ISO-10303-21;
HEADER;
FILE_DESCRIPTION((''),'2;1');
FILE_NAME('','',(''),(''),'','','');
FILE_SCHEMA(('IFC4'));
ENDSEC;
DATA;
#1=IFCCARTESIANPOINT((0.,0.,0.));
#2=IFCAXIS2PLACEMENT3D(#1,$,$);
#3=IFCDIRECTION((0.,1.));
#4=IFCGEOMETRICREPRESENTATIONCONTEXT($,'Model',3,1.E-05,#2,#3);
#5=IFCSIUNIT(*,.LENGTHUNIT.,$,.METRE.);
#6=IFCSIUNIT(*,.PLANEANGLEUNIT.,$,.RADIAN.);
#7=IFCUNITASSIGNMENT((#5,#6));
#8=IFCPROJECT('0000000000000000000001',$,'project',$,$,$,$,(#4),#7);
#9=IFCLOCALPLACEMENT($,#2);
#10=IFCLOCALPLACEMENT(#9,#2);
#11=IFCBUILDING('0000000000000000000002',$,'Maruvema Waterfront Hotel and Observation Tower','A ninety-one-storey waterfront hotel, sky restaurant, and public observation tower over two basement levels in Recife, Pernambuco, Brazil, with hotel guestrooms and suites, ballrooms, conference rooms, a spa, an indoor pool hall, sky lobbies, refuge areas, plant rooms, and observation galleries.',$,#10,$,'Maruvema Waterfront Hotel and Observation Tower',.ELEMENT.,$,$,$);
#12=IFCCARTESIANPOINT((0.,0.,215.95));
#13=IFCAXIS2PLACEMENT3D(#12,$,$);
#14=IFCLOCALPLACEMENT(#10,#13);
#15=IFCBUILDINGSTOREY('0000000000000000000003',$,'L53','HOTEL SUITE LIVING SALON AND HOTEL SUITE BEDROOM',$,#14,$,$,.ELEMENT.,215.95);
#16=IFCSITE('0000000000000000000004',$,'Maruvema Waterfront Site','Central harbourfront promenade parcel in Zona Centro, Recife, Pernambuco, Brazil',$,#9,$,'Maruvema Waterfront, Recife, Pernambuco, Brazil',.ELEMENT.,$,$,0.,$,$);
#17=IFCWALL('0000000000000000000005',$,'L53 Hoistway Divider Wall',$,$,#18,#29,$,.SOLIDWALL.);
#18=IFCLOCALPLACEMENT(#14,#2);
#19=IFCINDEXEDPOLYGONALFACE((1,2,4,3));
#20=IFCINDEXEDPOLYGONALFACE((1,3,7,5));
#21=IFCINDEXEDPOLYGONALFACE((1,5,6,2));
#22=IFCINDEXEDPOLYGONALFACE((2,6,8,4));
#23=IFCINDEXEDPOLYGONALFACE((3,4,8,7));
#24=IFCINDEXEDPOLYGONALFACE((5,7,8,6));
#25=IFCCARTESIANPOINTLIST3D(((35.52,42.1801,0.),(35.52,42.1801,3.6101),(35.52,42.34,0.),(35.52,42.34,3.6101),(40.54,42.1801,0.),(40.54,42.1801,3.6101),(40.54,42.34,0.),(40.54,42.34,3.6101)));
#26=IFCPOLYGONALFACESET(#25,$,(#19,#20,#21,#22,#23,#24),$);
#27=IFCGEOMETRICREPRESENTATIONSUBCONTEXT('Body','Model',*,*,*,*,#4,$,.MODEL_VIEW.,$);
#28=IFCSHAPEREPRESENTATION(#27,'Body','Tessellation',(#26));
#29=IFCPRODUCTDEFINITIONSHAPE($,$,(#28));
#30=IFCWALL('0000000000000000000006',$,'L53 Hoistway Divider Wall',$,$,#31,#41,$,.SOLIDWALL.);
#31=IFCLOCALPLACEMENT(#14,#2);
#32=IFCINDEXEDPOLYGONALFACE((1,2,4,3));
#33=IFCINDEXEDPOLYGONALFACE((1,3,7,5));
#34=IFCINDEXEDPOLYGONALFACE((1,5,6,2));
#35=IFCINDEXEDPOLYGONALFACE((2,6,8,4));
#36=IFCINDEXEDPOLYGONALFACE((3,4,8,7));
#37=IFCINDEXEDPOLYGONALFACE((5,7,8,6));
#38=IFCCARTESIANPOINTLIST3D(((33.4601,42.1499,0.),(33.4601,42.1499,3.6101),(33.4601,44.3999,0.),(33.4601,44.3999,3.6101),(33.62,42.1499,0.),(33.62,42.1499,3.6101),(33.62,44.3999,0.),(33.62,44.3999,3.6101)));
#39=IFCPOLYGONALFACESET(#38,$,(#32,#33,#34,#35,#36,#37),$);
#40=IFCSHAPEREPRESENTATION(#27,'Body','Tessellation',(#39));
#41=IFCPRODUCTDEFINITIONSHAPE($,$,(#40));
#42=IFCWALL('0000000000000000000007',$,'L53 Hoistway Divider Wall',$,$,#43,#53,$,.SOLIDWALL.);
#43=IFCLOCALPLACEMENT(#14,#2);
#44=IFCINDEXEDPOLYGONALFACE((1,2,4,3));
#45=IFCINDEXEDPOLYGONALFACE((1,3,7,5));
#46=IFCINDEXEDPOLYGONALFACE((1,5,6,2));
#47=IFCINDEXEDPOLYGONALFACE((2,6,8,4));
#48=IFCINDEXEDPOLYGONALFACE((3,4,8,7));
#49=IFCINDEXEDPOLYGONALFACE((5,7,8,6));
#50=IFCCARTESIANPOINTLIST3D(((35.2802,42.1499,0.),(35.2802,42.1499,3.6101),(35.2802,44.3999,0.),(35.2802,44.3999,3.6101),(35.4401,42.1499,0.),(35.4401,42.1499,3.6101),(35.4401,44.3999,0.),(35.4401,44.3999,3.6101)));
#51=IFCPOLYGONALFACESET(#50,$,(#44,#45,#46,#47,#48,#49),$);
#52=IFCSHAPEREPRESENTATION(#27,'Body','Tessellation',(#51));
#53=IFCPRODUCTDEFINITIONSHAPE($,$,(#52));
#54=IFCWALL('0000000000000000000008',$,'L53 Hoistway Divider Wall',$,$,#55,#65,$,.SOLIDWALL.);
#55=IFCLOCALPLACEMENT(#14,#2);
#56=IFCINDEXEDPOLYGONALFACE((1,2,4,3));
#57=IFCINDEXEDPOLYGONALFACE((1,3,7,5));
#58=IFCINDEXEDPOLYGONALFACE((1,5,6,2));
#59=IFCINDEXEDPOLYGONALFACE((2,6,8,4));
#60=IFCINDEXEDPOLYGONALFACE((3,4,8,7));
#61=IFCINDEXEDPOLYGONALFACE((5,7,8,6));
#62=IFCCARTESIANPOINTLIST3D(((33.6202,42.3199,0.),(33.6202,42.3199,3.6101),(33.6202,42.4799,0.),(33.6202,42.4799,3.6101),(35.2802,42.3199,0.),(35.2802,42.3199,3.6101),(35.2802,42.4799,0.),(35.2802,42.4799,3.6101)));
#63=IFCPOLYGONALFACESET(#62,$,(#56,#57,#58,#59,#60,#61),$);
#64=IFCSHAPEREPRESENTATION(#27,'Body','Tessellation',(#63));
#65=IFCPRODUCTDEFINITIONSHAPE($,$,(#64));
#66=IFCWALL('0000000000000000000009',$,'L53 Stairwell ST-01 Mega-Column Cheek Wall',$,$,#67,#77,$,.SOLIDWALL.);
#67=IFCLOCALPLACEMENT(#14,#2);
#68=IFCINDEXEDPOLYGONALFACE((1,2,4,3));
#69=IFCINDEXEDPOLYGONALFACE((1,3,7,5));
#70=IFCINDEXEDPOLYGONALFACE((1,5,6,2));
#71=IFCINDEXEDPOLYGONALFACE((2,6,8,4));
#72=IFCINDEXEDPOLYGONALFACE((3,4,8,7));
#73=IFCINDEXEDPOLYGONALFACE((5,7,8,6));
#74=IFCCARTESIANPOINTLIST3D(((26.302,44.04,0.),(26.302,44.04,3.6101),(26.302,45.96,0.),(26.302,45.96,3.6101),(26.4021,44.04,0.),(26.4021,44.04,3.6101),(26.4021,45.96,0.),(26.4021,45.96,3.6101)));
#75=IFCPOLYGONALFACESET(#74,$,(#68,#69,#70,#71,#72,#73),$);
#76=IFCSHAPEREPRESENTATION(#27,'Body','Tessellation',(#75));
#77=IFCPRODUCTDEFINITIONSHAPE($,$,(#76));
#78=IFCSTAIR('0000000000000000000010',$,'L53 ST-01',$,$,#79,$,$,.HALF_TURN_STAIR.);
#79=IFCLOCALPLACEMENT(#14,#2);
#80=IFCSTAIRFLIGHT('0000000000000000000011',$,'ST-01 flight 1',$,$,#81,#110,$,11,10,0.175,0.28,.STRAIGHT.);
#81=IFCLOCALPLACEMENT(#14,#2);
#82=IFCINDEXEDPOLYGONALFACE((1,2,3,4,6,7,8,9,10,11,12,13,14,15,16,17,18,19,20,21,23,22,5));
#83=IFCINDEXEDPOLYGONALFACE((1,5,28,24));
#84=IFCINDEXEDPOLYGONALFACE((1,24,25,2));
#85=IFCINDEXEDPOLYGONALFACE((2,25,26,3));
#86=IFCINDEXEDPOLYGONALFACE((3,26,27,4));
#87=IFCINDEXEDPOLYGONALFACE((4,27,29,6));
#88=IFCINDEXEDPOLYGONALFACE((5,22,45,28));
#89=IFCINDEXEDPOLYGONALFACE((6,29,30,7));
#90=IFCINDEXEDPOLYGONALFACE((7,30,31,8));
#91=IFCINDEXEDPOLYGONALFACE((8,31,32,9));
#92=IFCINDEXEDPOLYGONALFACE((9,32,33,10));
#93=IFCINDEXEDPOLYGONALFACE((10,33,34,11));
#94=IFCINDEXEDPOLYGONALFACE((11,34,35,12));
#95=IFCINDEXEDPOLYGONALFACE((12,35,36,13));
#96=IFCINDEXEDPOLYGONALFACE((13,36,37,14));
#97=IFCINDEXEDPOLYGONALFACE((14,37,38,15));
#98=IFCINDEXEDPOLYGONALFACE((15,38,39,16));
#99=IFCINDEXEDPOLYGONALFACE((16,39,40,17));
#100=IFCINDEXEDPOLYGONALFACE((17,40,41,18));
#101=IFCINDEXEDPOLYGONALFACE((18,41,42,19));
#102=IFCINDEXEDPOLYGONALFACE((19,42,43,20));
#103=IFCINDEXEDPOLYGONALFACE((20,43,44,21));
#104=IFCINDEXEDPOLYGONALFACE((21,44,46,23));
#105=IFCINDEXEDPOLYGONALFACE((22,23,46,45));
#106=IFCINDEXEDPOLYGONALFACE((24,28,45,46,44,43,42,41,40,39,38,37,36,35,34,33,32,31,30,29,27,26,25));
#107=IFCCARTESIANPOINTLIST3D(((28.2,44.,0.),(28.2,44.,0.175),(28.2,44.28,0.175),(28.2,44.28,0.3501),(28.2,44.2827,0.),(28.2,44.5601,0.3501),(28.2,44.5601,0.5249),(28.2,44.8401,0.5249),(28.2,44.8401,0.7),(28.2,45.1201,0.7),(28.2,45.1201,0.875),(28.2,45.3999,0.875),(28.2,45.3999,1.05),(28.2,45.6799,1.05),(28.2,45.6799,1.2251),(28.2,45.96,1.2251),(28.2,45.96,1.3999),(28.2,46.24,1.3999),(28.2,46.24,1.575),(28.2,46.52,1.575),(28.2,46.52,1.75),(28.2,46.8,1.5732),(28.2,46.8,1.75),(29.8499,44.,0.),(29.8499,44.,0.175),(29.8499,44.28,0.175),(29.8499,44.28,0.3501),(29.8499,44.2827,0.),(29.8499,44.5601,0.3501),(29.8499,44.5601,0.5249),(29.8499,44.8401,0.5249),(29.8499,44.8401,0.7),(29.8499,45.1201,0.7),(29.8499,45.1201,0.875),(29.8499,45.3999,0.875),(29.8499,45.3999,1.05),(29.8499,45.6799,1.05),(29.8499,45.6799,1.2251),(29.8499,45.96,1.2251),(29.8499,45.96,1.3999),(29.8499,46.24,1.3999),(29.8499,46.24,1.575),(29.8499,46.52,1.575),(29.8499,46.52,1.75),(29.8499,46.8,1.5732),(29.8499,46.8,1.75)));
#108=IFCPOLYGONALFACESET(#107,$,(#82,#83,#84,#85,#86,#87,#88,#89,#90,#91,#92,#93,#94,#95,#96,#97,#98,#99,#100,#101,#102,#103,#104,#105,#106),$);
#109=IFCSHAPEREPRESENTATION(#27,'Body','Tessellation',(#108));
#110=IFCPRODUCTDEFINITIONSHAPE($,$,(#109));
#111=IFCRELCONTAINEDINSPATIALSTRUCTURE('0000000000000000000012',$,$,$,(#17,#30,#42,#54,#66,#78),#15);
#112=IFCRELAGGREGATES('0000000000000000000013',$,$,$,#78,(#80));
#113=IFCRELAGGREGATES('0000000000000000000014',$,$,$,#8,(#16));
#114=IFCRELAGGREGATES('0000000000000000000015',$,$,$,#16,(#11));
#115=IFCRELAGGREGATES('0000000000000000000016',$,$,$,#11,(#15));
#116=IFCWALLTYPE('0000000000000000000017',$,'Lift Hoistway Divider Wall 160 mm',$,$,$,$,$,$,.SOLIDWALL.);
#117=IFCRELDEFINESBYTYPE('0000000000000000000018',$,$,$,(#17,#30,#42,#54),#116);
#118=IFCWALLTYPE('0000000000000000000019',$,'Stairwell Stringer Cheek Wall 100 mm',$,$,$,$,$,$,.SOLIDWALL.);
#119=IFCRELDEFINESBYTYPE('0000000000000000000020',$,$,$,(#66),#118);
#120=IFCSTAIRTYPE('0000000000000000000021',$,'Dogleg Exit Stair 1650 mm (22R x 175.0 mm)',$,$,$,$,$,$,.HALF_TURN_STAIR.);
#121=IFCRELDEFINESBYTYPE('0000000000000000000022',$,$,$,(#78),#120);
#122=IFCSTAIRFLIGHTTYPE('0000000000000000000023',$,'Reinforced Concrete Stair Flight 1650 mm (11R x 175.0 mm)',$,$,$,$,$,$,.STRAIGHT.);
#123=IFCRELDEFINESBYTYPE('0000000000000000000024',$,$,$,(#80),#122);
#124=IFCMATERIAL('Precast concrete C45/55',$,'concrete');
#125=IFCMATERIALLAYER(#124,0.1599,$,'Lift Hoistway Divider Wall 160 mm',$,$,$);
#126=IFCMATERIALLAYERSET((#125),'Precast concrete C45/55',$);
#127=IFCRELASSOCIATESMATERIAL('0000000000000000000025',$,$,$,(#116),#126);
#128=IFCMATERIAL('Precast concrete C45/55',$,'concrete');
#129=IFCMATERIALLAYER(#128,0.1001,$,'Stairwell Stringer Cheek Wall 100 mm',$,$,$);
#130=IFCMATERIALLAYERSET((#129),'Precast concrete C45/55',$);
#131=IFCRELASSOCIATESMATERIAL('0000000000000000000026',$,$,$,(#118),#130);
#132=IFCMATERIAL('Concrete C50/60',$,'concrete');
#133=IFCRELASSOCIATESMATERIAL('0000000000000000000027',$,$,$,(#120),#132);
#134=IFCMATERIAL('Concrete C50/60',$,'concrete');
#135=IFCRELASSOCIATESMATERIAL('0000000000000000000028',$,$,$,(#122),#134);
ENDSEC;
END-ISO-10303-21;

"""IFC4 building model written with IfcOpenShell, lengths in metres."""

from ifc_helpers import new_model, si_unit, direction, frame, frame_2d, origin, place, context, subcontext, project, spatial, polyline, rectangle, outline, extrude, material, layer, layer_set, type_object, element, aggregate, save


model = new_model("IFC4")

# Units and contexts
model_context = context("Model", 3, precision=1e-05, world=origin(), true_north=direction((0.0, 1.0)))
body_context = subcontext(model_context, "Body", "Model", "MODEL_VIEW")
ifc_project = project(units=[si_unit("LENGTHUNIT", "METRE"), si_unit("PLANEANGLEUNIT", "RADIAN")], contexts=[model_context])

# Site, building, storey
site_placement = place(None, origin())
site = spatial("IfcSite", under=ifc_project, at=site_placement, Name="Maruvema Waterfront Site", Description="Central harbourfront promenade parcel in Zona Centro, Recife, Pernambuco, Brazil", LongName="Maruvema Waterfront, Recife, Pernambuco, Brazil", CompositionType="ELEMENT", RefElevation=0.0)
building_placement = place(site_placement, origin())
building = spatial("IfcBuilding", under=site, at=building_placement, Name="Maruvema Waterfront Hotel and Observation Tower", Description="A ninety-one-storey waterfront hotel, sky restaurant, and public observation tower over two basement levels in Recife, Pernambuco, Brazil, with hotel guestrooms and suites, ballrooms, conference rooms, a spa, an indoor pool hall, sky lobbies, refuge areas, plant rooms, and observation galleries.", LongName="Maruvema Waterfront Hotel and Observation Tower", CompositionType="ELEMENT")
storey_placement = place(building_placement, frame((0.0, 0.0, 215.95)))
storey = spatial("IfcBuildingStorey", under=building, at=storey_placement, Name="L53", Description="HOTEL SUITE LIVING SALON AND HOTEL SUITE BEDROOM", CompositionType="ELEMENT", Elevation=215.95)

# Walls
ifc_material_1 = material(Name="Precast concrete C45/55", Category="concrete")
ifc_layer_1 = layer(ifc_material_1, 0.1599, Name="Lift Hoistway Divider Wall 160 mm")
ifc_layer_set_1 = layer_set([ifc_layer_1], Name="Precast concrete C45/55")
wall_type_1 = type_object("IfcWallType", Name="Lift Hoistway Divider Wall 160 mm", PredefinedType="SOLIDWALL", material=ifc_layer_set_1)
wall_1_placement = place(storey_placement, frame((35.52, 42.26, 0.0), z_axis=(0.0, 0.0, 1.0), x_axis=(1.0, 0.0, 0.0)))
element("IfcWall", 1, at=wall_1_placement, inside=storey, type_object=wall_type_1, Name="L53 Hoistway Divider Wall", PredefinedType="SOLIDWALL", context=body_context, shape_type="SweptSolid", body=[
    extrude(rectangle(XDim=5.02, YDim=0.1599, at=frame_2d((2.51, 0.0))), origin(), (0.0, 0.0, 1.0), 3.6101),
])
for number, where, z_axis, x_axis, name in (
    (2, (33.54, 42.1499, 0.0), (0.0, 0.0, 1.0), (0.0, 1.0, 0.0), "L53 Hoistway Divider Wall"),
    (3, (35.3601, 42.1499, 0.0), (0.0, 0.0, 1.0), (0.0, 1.0, 0.0), "L53 Hoistway Divider Wall"),
):
    element("IfcWall", number, at=place(storey_placement, frame(where, z_axis=z_axis, x_axis=x_axis)), inside=storey, type_object=wall_type_1, Name=name, PredefinedType="SOLIDWALL", context=body_context, shape_type="SweptSolid", body=[
        extrude(rectangle(XDim=2.25, YDim=0.1599, at=frame_2d((1.125, 0.0))), origin(), (0.0, 0.0, 1.0), 3.6101),
    ])
wall_2_placement = place(storey_placement, frame((33.6201, 42.3999, 0.0), z_axis=(0.0, 0.0, 1.0), x_axis=(1.0, 0.0, 0.0)))
element("IfcWall", 4, at=wall_2_placement, inside=storey, type_object=wall_type_1, Name="L53 Hoistway Divider Wall", PredefinedType="SOLIDWALL", context=body_context, shape_type="SweptSolid", body=[
    extrude(rectangle(XDim=1.6599, YDim=0.1599, at=frame_2d((0.8301, 0.0))), origin(), (0.0, 0.0, 1.0), 3.6101),
])
ifc_material_2 = material(Name="Precast concrete C45/55", Category="concrete")
ifc_layer_2 = layer(ifc_material_2, 0.1001, Name="Stairwell Stringer Cheek Wall 100 mm")
ifc_layer_set_2 = layer_set([ifc_layer_2], Name="Precast concrete C45/55")
wall_type_2 = type_object("IfcWallType", Name="Stairwell Stringer Cheek Wall 100 mm", PredefinedType="SOLIDWALL", material=ifc_layer_set_2)
wall_3_placement = place(storey_placement, frame((26.3521, 44.04, 0.0), z_axis=(0.0, 0.0, 1.0), x_axis=(0.0, 1.0, 0.0)))
element("IfcWall", 5, at=wall_3_placement, inside=storey, type_object=wall_type_2, Name="L53 Stairwell ST-01 Mega-Column Cheek Wall", PredefinedType="SOLIDWALL", context=body_context, shape_type="SweptSolid", body=[
    extrude(rectangle(XDim=1.9199, YDim=0.1001, at=frame_2d((0.96, 0.0))), origin(), (0.0, 0.0, 1.0), 3.6101),
])

# Stair, stair flight
ifc_material_3 = material(Name="Concrete C50/60", Category="concrete")
stair_type = type_object("IfcStairType", Name="Dogleg Exit Stair 1650 mm (22R x 175.0 mm)", PredefinedType="HALF_TURN_STAIR", material=ifc_material_3)
stair_placement = place(storey_placement, origin())
stair = element("IfcStair", 6, at=stair_placement, inside=storey, type_object=stair_type, Name="L53 ST-01", PredefinedType="HALF_TURN_STAIR")
ifc_material_4 = material(Name="Concrete C50/60", Category="concrete")
stair_flight_type = type_object("IfcStairFlightType", Name="Reinforced Concrete Stair Flight 1650 mm (11R x 175.0 mm)", PredefinedType="STRAIGHT", material=ifc_material_4)
stair_flight_placement = place(storey_placement, frame((29.0249, 44.0, 0.0), z_axis=(0.0, 0.0, 1.0), x_axis=(0.0, 1.0, 0.0)))
stair_flight = element("IfcStairFlight", 7, at=stair_flight_placement, type_object=stair_flight_type, Name="ST-01 flight 1", NumberOfRisers=11, NumberOfTreads=10, PredefinedType="STRAIGHT", RiserHeight=0.175, TreadLength=0.28, context=body_context, shape_type="SweptSolid", body=[
    extrude(outline(polyline([(0.0, 0.0), (0.0, 0.175), (0.28, 0.175), (0.28, 0.3501), (0.5601, 0.3501), (0.5601, 0.5249), (0.8401, 0.5249), (0.8401, 0.7), (1.1201, 0.7), (1.1201, 0.875), (1.3999, 0.875), (1.3999, 1.05), (1.6799, 1.05), (1.6799, 1.2251), (1.96, 1.2251), (1.96, 1.3999), (2.24, 1.3999), (2.24, 1.575), (2.52, 1.575), (2.52, 1.75), (2.8, 1.75), (2.8, 1.925), (2.8, 1.5732), (0.2827, 0.0), (0.0, 0.0)])), frame((0.0, 0.825, 0.0), z_axis=(0.0, -1.0, 0.0), x_axis=(1.0, 0.0, 0.0)), (0.0, 0.0, 1.0), 1.6499),
])
aggregate(stair, [stair_flight])

save(model, "model.ifc")
